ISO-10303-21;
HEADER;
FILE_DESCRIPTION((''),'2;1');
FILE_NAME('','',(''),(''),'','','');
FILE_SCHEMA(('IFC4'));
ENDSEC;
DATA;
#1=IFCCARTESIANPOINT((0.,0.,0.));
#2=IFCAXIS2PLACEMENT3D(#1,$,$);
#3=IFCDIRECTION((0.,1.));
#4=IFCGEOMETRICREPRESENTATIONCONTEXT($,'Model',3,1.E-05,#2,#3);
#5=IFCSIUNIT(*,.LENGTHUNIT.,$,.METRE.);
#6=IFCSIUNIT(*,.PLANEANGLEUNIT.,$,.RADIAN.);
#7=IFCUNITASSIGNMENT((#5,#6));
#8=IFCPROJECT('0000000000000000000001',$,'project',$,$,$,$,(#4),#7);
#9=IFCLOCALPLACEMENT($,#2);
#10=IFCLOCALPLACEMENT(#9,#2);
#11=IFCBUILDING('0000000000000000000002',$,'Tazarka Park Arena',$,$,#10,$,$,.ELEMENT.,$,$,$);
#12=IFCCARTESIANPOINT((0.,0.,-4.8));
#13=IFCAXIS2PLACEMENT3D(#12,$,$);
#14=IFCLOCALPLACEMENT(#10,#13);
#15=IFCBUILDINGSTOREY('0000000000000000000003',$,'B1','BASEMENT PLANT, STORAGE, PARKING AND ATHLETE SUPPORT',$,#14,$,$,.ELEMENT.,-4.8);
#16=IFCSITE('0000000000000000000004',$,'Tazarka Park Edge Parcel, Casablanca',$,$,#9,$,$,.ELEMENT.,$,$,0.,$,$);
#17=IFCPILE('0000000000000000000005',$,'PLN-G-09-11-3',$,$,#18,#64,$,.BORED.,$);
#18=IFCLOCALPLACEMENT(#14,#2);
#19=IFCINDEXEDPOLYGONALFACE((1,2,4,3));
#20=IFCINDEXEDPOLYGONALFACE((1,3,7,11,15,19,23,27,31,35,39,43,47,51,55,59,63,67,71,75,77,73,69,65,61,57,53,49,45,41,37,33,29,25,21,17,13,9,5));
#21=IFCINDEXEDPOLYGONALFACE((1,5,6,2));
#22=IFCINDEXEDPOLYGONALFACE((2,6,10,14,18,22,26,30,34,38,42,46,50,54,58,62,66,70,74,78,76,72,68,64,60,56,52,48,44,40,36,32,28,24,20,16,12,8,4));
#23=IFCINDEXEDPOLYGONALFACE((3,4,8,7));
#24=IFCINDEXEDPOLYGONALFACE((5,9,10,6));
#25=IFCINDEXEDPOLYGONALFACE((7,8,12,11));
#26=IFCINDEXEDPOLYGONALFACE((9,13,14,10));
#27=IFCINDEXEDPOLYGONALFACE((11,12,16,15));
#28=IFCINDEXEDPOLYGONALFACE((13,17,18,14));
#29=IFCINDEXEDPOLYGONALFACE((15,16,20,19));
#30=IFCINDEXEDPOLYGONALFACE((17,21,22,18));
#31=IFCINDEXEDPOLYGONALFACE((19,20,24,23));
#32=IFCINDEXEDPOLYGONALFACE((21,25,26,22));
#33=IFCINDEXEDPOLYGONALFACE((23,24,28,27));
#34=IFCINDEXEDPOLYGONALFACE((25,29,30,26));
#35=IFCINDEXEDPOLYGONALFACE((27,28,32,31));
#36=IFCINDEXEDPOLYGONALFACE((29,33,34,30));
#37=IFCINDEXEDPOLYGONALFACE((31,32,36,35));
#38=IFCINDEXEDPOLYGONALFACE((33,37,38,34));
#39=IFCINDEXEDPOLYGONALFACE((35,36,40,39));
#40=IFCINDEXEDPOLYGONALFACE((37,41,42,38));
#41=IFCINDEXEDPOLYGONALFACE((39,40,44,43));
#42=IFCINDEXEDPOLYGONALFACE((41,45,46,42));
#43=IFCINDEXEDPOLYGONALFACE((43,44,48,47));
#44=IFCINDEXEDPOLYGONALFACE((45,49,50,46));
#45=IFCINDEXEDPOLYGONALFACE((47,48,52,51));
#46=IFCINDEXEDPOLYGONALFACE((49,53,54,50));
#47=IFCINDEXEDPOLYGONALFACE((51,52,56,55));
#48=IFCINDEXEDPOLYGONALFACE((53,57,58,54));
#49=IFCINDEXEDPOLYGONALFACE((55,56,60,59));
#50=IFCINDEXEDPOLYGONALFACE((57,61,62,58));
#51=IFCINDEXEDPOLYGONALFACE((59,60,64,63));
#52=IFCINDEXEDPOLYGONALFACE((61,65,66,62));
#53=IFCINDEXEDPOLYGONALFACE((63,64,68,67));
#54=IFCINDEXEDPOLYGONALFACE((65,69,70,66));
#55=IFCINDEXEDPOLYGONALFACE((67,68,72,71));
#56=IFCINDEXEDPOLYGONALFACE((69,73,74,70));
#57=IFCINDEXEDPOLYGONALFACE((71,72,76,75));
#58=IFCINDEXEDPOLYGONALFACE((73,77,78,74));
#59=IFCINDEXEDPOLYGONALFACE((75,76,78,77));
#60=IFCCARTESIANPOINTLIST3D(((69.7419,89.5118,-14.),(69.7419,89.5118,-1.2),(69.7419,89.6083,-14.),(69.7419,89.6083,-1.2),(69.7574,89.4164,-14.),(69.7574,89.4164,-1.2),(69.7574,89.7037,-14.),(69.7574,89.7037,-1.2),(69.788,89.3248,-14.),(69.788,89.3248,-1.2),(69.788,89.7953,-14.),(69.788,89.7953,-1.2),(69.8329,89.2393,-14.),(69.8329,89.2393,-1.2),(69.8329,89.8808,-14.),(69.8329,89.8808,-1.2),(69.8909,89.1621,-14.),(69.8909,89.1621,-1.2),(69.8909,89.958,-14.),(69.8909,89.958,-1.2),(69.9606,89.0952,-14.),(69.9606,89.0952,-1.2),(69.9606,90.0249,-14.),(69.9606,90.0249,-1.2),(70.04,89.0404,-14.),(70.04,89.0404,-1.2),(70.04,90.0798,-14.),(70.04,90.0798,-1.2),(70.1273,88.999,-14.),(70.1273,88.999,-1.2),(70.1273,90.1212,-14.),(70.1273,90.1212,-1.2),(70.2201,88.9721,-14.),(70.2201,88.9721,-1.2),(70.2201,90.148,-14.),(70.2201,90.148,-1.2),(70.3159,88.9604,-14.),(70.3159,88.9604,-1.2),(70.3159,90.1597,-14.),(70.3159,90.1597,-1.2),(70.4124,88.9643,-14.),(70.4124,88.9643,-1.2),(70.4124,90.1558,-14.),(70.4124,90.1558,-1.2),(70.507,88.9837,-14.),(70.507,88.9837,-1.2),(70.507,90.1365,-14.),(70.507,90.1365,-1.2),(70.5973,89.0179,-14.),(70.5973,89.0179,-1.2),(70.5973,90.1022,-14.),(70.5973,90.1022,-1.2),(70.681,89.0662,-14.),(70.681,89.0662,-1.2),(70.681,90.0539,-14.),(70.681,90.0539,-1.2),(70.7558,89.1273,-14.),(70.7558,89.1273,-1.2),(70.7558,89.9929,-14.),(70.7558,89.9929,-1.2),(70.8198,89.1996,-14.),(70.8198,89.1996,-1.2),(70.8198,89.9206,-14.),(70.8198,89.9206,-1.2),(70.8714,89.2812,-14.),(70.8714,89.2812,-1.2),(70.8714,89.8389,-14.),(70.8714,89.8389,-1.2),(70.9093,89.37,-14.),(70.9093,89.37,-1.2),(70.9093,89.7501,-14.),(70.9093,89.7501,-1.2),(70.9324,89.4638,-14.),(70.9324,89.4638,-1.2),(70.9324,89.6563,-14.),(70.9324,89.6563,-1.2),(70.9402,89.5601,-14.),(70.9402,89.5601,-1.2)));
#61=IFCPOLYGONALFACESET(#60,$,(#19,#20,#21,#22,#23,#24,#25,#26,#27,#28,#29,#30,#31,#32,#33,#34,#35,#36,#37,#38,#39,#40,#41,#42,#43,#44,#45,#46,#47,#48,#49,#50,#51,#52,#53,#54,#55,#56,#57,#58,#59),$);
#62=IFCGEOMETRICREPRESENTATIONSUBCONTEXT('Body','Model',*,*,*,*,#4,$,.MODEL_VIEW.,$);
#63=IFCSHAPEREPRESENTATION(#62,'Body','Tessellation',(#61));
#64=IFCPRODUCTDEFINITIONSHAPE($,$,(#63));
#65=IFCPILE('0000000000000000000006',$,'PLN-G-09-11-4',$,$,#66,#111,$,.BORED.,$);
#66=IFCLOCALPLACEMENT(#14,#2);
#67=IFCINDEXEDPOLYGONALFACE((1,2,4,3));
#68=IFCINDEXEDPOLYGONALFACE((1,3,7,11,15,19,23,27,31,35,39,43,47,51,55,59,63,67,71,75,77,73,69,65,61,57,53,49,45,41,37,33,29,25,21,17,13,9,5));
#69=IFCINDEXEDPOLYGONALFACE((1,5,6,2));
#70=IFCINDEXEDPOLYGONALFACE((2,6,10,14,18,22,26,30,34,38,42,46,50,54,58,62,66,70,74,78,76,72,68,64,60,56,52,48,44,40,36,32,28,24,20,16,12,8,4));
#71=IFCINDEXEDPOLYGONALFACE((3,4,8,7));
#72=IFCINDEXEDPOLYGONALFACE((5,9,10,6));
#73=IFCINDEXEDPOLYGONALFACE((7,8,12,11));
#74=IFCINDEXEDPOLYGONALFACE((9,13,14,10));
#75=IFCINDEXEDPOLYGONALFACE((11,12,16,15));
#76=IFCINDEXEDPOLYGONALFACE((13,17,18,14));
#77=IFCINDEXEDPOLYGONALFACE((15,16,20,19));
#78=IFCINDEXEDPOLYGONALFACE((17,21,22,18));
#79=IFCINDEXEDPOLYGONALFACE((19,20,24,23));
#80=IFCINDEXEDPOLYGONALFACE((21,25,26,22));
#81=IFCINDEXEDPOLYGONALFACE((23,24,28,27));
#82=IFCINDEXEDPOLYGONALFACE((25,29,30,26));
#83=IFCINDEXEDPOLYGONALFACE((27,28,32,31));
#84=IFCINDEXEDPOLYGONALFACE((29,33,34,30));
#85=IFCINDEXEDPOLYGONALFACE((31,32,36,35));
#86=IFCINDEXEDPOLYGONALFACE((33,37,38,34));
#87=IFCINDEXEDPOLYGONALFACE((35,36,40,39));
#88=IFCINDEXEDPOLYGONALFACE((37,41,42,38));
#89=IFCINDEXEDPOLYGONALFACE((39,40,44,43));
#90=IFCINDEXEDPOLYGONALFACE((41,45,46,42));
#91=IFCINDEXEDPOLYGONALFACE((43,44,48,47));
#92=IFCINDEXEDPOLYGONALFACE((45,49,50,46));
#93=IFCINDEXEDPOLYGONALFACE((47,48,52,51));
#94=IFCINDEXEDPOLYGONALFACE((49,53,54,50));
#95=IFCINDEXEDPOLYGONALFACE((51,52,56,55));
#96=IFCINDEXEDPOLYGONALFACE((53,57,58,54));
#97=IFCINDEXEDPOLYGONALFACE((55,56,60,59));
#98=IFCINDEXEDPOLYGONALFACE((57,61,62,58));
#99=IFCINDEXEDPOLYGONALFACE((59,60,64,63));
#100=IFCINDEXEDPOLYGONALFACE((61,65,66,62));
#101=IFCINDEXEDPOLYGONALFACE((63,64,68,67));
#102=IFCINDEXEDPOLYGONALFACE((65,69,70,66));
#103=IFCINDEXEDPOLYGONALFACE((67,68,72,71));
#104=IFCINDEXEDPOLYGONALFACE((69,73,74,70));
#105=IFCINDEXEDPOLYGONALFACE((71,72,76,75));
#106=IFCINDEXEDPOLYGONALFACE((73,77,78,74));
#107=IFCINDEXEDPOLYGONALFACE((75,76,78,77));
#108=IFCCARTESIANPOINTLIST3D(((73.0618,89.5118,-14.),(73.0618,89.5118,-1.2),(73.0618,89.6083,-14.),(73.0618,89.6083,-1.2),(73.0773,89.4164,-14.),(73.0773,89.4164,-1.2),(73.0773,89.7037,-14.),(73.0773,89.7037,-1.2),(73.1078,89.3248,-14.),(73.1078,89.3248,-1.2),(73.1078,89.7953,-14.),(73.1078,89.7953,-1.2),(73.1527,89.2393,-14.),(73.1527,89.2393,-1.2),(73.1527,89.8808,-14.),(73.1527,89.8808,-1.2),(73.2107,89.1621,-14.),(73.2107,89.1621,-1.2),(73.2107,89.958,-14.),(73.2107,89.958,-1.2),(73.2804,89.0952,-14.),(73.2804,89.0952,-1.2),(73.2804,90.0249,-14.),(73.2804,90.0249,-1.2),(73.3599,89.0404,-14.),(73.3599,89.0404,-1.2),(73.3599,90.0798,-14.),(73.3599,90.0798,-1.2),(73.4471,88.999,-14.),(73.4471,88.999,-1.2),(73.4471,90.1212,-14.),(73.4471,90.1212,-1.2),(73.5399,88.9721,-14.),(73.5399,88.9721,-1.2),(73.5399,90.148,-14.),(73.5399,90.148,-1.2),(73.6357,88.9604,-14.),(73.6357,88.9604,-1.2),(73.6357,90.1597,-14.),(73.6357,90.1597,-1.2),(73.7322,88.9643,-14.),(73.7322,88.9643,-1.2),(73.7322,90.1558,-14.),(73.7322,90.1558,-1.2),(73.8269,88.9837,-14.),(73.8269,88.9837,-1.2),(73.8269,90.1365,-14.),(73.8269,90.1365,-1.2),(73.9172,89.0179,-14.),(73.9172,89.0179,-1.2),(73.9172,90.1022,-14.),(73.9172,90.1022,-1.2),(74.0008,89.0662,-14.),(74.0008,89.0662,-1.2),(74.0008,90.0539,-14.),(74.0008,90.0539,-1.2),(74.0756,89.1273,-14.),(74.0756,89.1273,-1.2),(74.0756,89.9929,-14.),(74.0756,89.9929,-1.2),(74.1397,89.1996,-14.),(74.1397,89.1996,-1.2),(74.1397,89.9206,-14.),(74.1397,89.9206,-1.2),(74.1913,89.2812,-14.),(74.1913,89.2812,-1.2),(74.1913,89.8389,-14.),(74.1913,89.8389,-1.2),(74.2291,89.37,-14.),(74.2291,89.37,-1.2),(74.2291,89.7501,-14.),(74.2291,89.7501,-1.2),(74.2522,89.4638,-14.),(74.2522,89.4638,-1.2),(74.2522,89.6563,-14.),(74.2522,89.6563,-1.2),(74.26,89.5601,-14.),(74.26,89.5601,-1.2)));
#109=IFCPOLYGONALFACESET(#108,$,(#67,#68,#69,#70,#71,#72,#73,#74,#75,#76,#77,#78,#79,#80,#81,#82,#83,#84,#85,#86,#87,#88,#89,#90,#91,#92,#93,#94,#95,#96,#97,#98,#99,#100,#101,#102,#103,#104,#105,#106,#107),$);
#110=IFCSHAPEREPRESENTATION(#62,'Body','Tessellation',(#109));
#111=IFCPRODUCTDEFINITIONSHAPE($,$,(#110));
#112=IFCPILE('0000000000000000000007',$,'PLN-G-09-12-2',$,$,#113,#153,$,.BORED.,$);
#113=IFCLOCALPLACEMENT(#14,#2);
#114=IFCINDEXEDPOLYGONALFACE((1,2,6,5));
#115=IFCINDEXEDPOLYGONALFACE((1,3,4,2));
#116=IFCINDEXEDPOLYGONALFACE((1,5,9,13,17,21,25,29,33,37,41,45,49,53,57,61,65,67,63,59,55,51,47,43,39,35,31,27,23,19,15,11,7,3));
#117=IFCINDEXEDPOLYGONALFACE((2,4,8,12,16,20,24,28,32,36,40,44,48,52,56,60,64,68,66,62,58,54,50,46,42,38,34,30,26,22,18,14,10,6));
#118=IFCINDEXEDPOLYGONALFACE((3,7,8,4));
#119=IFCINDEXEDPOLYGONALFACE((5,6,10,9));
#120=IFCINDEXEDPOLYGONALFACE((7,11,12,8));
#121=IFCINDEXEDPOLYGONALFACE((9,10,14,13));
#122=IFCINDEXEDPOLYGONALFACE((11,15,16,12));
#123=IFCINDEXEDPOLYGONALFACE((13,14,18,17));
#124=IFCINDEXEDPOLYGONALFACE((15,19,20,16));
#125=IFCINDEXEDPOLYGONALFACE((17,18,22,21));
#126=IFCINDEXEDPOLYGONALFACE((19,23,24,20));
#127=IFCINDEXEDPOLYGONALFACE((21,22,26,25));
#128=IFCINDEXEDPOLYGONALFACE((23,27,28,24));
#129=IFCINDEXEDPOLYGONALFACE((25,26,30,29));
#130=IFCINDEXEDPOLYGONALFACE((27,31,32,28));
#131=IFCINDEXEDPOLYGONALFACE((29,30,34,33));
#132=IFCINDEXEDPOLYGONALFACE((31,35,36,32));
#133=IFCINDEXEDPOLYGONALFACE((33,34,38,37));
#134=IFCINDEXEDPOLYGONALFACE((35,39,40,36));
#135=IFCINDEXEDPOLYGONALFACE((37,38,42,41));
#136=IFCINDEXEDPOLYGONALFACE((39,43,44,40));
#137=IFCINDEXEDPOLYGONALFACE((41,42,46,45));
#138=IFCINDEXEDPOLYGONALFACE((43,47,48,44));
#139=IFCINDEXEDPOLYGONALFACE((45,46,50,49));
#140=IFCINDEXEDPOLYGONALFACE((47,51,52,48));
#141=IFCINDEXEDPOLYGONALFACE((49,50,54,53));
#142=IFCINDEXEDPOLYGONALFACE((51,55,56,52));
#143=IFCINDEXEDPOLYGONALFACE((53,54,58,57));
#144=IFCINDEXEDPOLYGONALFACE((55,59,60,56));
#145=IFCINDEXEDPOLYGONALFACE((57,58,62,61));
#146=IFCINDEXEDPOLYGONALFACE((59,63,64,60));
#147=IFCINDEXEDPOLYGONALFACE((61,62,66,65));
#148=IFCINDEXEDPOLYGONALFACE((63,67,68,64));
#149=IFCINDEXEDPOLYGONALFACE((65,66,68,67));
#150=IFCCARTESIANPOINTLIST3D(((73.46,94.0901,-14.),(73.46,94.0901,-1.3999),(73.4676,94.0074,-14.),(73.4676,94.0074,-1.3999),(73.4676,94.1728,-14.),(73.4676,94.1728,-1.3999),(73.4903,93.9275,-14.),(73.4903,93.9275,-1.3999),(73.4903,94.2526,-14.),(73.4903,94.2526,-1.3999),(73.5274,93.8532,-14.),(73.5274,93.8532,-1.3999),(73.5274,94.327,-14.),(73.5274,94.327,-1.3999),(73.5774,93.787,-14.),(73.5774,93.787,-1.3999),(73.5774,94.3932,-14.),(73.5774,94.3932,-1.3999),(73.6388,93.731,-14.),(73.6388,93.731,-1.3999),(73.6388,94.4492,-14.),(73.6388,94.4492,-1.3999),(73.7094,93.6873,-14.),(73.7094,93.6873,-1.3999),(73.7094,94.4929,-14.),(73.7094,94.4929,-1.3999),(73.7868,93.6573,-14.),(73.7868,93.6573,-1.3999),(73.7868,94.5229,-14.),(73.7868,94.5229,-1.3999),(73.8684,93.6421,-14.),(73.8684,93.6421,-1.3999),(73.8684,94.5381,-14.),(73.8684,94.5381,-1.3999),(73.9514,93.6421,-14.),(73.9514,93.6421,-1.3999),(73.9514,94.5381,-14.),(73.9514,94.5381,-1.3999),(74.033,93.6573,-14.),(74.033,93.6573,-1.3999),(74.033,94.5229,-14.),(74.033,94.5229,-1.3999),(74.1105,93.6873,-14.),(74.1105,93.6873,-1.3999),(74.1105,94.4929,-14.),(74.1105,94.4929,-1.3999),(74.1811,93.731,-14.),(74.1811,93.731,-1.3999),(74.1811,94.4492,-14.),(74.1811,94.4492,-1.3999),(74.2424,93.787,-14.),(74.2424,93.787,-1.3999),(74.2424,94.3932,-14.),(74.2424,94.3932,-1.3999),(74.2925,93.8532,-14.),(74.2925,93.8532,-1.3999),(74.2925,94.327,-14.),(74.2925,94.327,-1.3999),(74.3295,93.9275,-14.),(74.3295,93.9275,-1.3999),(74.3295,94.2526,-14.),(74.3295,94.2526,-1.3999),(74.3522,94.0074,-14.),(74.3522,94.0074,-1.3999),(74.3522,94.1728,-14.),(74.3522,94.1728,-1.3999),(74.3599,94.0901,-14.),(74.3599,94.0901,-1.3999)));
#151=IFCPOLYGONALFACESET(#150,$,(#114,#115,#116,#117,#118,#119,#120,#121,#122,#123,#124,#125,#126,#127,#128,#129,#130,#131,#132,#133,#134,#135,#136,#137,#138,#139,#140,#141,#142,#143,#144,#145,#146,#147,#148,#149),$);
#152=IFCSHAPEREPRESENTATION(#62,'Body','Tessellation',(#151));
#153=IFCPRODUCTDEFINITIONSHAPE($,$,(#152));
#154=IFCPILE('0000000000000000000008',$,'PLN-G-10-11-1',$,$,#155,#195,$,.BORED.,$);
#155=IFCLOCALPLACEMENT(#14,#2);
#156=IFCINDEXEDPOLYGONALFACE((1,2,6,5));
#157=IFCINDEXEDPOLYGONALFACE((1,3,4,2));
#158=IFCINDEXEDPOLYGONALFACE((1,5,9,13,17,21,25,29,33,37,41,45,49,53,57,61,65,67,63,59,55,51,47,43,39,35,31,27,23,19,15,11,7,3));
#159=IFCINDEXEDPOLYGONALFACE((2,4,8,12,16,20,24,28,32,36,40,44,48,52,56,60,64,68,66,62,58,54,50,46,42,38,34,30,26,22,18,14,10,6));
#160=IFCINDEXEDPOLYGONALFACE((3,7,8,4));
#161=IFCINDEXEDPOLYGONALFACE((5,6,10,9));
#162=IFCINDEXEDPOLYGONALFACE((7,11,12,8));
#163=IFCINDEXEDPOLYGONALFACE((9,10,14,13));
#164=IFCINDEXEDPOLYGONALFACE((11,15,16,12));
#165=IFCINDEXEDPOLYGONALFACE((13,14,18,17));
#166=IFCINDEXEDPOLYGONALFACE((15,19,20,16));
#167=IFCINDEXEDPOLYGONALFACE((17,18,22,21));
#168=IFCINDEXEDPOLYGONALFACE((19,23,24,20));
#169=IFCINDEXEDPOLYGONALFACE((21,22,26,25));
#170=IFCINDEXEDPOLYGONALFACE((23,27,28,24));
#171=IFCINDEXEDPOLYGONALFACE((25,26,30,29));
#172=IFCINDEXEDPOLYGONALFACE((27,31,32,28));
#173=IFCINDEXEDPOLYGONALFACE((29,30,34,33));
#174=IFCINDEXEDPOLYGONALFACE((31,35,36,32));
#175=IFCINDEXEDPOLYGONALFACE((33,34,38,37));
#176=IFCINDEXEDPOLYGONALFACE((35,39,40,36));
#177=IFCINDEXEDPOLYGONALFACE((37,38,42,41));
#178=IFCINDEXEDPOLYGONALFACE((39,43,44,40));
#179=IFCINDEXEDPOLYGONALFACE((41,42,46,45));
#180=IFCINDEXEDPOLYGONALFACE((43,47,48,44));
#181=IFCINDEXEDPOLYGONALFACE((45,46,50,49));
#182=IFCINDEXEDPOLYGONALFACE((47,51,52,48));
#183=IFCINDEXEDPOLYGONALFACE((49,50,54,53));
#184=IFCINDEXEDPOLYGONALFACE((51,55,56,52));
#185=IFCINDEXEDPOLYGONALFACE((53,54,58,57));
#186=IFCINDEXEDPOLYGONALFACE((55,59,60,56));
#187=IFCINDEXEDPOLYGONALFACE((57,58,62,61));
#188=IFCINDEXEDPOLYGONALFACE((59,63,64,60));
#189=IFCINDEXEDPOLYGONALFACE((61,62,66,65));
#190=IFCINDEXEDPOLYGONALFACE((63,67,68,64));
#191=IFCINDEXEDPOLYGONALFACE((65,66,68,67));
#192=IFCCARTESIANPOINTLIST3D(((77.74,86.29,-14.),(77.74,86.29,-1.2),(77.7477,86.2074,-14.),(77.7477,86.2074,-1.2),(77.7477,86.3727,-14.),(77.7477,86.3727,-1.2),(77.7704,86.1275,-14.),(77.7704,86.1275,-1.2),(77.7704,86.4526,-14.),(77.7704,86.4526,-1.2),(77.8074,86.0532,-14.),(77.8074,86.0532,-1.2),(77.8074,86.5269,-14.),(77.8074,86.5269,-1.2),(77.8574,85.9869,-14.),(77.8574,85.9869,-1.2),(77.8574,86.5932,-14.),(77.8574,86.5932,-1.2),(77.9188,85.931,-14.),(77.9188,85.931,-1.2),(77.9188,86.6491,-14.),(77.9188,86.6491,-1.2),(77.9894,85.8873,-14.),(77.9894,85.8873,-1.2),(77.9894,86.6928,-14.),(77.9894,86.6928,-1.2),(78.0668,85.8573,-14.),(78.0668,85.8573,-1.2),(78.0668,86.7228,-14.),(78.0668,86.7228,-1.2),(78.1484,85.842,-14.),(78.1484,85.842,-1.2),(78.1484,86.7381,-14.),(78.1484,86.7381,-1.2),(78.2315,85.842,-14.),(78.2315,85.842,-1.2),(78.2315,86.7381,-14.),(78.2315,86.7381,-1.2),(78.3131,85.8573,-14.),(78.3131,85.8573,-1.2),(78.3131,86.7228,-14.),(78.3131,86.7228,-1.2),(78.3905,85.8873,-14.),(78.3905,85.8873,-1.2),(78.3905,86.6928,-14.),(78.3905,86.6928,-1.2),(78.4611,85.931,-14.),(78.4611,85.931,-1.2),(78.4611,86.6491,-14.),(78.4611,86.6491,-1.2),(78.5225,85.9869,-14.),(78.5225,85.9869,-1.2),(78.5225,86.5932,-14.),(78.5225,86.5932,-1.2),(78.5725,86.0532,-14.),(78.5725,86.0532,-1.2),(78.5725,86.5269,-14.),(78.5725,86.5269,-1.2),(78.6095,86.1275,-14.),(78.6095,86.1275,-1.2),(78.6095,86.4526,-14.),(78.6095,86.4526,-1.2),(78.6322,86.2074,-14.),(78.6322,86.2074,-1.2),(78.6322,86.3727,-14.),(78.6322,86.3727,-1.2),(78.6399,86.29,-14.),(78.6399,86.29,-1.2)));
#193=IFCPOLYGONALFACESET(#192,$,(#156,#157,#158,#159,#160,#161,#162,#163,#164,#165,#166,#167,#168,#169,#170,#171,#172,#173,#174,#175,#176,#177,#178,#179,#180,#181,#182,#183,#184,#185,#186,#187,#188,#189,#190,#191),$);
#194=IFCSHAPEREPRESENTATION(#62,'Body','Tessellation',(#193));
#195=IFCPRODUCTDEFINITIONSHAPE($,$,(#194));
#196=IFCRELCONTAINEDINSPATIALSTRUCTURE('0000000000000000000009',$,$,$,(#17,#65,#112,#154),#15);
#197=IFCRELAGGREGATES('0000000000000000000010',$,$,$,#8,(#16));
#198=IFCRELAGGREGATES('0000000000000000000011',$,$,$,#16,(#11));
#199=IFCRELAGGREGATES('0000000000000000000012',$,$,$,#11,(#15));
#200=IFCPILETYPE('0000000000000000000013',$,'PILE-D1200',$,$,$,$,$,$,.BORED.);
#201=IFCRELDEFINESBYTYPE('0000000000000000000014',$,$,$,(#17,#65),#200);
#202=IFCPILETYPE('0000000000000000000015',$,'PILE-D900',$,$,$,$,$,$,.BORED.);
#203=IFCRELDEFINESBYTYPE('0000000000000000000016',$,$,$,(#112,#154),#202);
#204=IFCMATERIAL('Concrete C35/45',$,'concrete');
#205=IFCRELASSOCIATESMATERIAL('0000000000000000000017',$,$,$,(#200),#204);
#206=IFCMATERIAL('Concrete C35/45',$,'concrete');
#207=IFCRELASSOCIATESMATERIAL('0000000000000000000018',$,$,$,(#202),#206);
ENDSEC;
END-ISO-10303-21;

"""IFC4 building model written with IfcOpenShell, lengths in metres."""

from ifc_helpers import new_model, si_unit, direction, frame, origin, origin_2d, place, context, subcontext, project, spatial, circle, extrude, material, material_profile, profile_set, type_object, element, save


model = new_model("IFC4")

# Units and contexts
model_context = context("Model", 3, precision=1e-05, world=origin(), true_north=direction((0.0, 1.0)))
body_context = subcontext(model_context, "Body", "Model", "MODEL_VIEW")
ifc_project = project(units=[si_unit("LENGTHUNIT", "METRE"), si_unit("PLANEANGLEUNIT", "RADIAN")], contexts=[model_context])

# Site, building, storey
site_placement = place(None, origin())
site = spatial("IfcSite", under=ifc_project, at=site_placement, Name="Tazarka Park Edge Parcel, Casablanca", CompositionType="ELEMENT", RefElevation=0.0)
building_placement = place(site_placement, origin())
building = spatial("IfcBuilding", under=site, at=building_placement, Name="Tazarka Park Arena", CompositionType="ELEMENT")
storey_placement = place(building_placement, frame((0.0, 0.0, -4.8)))
storey = spatial("IfcBuildingStorey", under=building, at=storey_placement, Name="B1", Description="BASEMENT PLANT, STORAGE, PARKING AND ATHLETE SUPPORT", CompositionType="ELEMENT", Elevation=-4.8)

# Piles
ifc_material_1 = material(Name="Concrete C35/45", Category="concrete")
ifc_material_profile_1 = material_profile(ifc_material_1, circle(Radius=0.6001, at=origin_2d()), Name="Concrete C35/45")
ifc_profile_set_1 = profile_set([ifc_material_profile_1], Name="Concrete C35/45")
pile_type_1 = type_object("IfcPileType", Name="PILE-D1200", PredefinedType="BORED", material=ifc_profile_set_1)
for number, where, z_axis, x_axis, name in (
    (1, (70.3401, 89.5601, -1.2), (0.0, 0.0, -1.0), (1.0, 0.0, 0.0), "PLN-G-09-11-3"),
    (2, (73.6599, 89.5601, -1.2), (0.0, 0.0, -1.0), (1.0, 0.0, 0.0), "PLN-G-09-11-4"),
):
    element("IfcPile", number, at=place(storey_placement, frame(where, z_axis=z_axis, x_axis=x_axis)), inside=storey, type_object=pile_type_1, Name=name, PredefinedType="BORED", context=body_context, shape_type="SweptSolid", body=[
        extrude(circle(Radius=0.6001, at=origin_2d()), origin(), (0.0, 0.0, 1.0), 12.8),
    ])
ifc_material_2 = material(Name="Concrete C35/45", Category="concrete")
ifc_material_profile_2 = material_profile(ifc_material_2, circle(Radius=0.45, at=origin_2d()), Name="Concrete C35/45")
ifc_profile_set_2 = profile_set([ifc_material_profile_2], Name="Concrete C35/45")
pile_type_2 = type_object("IfcPileType", Name="PILE-D900", PredefinedType="BORED", material=ifc_profile_set_2)
pile_1_placement = place(storey_placement, frame((73.9099, 94.0901, -1.3999), z_axis=(0.0, 0.0, -1.0), x_axis=(1.0, 0.0, 0.0)))
element("IfcPile", 3, at=pile_1_placement, inside=storey, type_object=pile_type_2, Name="PLN-G-09-12-2", PredefinedType="BORED", context=body_context, shape_type="SweptSolid", body=[
    extrude(circle(Radius=0.45, at=origin_2d()), origin(), (0.0, 0.0, 1.0), 12.6001),
])
for number, where, z_axis, x_axis, name in (
    (4, (78.1899, 86.29, -1.2), (0.0, 0.0, -1.0), (1.0, 0.0, 0.0), "PLN-G-10-11-1"),
):
    element("IfcPile", number, at=place(storey_placement, frame(where, z_axis=z_axis, x_axis=x_axis)), inside=storey, type_object=pile_type_2, Name=name, PredefinedType="BORED", context=body_context, shape_type="SweptSolid", body=[
        extrude(circle(Radius=0.45, at=origin_2d()), origin(), (0.0, 0.0, 1.0), 12.8),
    ])

save(model, "model.ifc")
